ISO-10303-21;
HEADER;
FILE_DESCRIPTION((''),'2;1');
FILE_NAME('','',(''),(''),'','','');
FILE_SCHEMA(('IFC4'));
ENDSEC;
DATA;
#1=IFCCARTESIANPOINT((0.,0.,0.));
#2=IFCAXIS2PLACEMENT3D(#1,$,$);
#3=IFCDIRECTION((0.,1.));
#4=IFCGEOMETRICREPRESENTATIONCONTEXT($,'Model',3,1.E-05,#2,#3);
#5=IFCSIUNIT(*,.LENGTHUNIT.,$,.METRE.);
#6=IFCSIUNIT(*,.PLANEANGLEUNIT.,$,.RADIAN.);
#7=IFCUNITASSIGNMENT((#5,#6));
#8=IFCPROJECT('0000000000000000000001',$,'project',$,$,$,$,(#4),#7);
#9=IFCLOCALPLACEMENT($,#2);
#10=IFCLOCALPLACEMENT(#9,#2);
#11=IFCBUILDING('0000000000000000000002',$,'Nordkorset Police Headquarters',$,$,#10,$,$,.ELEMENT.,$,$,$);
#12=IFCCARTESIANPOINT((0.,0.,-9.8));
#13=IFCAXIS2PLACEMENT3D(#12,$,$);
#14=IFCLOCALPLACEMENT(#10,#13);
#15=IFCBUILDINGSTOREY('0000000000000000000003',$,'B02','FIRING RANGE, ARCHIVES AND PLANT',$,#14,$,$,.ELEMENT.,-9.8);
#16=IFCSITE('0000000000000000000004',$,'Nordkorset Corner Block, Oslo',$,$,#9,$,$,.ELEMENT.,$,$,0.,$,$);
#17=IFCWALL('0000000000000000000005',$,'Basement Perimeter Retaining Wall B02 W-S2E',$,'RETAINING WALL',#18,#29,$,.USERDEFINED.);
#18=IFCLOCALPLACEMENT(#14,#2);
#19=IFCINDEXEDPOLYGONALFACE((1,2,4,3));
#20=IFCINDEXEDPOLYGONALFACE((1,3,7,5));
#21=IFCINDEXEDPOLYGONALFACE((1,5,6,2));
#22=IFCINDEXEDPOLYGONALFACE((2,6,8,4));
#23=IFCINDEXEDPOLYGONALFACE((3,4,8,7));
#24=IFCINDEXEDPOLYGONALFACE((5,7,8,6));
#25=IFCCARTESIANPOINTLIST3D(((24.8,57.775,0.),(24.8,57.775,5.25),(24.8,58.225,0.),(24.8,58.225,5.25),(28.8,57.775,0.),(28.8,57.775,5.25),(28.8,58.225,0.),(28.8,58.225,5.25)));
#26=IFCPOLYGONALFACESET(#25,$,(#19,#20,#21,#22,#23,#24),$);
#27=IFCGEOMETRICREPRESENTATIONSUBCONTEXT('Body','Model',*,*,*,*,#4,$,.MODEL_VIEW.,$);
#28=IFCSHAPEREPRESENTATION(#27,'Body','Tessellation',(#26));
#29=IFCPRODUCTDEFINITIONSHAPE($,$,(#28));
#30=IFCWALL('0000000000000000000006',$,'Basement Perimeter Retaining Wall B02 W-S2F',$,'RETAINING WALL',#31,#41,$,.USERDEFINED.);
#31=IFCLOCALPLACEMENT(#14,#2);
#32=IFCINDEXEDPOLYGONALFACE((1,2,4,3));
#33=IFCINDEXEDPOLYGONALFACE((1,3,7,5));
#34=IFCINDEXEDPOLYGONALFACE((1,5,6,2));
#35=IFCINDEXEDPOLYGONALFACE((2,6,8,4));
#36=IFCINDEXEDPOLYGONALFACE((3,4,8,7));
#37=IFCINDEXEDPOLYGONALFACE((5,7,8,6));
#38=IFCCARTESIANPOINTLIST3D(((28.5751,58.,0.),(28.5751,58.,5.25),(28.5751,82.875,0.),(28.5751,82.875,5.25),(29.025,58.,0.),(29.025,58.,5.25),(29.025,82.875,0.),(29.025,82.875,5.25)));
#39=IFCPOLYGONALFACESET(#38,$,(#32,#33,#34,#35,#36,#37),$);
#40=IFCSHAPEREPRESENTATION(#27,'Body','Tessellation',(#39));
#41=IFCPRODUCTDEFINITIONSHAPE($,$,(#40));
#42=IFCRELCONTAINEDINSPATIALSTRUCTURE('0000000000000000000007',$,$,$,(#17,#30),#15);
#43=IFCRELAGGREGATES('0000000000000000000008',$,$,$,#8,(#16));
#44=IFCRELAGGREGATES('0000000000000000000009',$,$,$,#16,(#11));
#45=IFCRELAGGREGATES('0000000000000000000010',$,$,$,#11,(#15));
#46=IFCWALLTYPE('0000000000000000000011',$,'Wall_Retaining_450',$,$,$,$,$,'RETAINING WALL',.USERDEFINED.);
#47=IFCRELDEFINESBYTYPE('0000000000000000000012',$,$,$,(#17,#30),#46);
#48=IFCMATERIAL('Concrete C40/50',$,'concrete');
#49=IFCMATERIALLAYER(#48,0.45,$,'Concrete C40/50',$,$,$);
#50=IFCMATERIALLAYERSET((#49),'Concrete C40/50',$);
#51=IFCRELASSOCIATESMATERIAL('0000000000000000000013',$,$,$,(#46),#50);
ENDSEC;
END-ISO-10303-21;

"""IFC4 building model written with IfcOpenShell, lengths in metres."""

from ifc_helpers import new_model, si_unit, direction, frame, frame_2d, origin, place, context, subcontext, project, spatial, rectangle, extrude, material, layer, layer_set, type_object, element, save


model = new_model("IFC4")

# Units and contexts
model_context = context("Model", 3, precision=1e-05, world=origin(), true_north=direction((0.0, 1.0)))
body_context = subcontext(model_context, "Body", "Model", "MODEL_VIEW")
ifc_project = project(units=[si_unit("LENGTHUNIT", "METRE"), si_unit("PLANEANGLEUNIT", "RADIAN")], contexts=[model_context])

# Site, building, storey
site_placement = place(None, origin())
site = spatial("IfcSite", under=ifc_project, at=site_placement, Name="Nordkorset Corner Block, Oslo", CompositionType="ELEMENT", RefElevation=0.0)
building_placement = place(site_placement, origin())
building = spatial("IfcBuilding", under=site, at=building_placement, Name="Nordkorset Police Headquarters", CompositionType="ELEMENT")
storey_placement = place(building_placement, frame((0.0, 0.0, -9.8)))
storey = spatial("IfcBuildingStorey", under=building, at=storey_placement, Name="B02", Description="FIRING RANGE, ARCHIVES AND PLANT", CompositionType="ELEMENT", Elevation=-9.8)

# Walls
ifc_material_1 = material(Name="Concrete C40/50", Category="concrete")
ifc_layer_1 = layer(ifc_material_1, 0.45, Name="Concrete C40/50")
ifc_layer_set_1 = layer_set([ifc_layer_1], Name="Concrete C40/50")
wall_type_1 = type_object("IfcWallType", Name="Wall_Retaining_450", ElementType="RETAINING WALL", PredefinedType="USERDEFINED", material=ifc_layer_set_1)
wall_1_placement = place(storey_placement, frame((24.8, 58.0, 0.0), z_axis=(0.0, 0.0, 1.0), x_axis=(1.0, 0.0, 0.0)))
element("IfcWall", 1, at=wall_1_placement, inside=storey, type_object=wall_type_1, Name="Basement Perimeter Retaining Wall B02 W-S2E", ObjectType="RETAINING WALL", PredefinedType="USERDEFINED", context=body_context, shape_type="SweptSolid", body=[
    extrude(rectangle(XDim=4.0, YDim=0.45, at=frame_2d((2.0, 0.0))), origin(), (0.0, 0.0, 1.0), 5.25),
])
wall_2_placement = place(storey_placement, frame((28.8, 58.0, 0.0), z_axis=(0.0, 0.0, 1.0), x_axis=(0.0, 1.0, 0.0)))
element("IfcWall", 2, at=wall_2_placement, inside=storey, type_object=wall_type_1, Name="Basement Perimeter Retaining Wall B02 W-S2F", ObjectType="RETAINING WALL", PredefinedType="USERDEFINED", context=body_context, shape_type="SweptSolid", body=[
    extrude(rectangle(XDim=24.875, YDim=0.45, at=frame_2d((12.4375, 0.0))), origin(), (0.0, 0.0, 1.0), 5.25),
])

save(model, "model.ifc")
